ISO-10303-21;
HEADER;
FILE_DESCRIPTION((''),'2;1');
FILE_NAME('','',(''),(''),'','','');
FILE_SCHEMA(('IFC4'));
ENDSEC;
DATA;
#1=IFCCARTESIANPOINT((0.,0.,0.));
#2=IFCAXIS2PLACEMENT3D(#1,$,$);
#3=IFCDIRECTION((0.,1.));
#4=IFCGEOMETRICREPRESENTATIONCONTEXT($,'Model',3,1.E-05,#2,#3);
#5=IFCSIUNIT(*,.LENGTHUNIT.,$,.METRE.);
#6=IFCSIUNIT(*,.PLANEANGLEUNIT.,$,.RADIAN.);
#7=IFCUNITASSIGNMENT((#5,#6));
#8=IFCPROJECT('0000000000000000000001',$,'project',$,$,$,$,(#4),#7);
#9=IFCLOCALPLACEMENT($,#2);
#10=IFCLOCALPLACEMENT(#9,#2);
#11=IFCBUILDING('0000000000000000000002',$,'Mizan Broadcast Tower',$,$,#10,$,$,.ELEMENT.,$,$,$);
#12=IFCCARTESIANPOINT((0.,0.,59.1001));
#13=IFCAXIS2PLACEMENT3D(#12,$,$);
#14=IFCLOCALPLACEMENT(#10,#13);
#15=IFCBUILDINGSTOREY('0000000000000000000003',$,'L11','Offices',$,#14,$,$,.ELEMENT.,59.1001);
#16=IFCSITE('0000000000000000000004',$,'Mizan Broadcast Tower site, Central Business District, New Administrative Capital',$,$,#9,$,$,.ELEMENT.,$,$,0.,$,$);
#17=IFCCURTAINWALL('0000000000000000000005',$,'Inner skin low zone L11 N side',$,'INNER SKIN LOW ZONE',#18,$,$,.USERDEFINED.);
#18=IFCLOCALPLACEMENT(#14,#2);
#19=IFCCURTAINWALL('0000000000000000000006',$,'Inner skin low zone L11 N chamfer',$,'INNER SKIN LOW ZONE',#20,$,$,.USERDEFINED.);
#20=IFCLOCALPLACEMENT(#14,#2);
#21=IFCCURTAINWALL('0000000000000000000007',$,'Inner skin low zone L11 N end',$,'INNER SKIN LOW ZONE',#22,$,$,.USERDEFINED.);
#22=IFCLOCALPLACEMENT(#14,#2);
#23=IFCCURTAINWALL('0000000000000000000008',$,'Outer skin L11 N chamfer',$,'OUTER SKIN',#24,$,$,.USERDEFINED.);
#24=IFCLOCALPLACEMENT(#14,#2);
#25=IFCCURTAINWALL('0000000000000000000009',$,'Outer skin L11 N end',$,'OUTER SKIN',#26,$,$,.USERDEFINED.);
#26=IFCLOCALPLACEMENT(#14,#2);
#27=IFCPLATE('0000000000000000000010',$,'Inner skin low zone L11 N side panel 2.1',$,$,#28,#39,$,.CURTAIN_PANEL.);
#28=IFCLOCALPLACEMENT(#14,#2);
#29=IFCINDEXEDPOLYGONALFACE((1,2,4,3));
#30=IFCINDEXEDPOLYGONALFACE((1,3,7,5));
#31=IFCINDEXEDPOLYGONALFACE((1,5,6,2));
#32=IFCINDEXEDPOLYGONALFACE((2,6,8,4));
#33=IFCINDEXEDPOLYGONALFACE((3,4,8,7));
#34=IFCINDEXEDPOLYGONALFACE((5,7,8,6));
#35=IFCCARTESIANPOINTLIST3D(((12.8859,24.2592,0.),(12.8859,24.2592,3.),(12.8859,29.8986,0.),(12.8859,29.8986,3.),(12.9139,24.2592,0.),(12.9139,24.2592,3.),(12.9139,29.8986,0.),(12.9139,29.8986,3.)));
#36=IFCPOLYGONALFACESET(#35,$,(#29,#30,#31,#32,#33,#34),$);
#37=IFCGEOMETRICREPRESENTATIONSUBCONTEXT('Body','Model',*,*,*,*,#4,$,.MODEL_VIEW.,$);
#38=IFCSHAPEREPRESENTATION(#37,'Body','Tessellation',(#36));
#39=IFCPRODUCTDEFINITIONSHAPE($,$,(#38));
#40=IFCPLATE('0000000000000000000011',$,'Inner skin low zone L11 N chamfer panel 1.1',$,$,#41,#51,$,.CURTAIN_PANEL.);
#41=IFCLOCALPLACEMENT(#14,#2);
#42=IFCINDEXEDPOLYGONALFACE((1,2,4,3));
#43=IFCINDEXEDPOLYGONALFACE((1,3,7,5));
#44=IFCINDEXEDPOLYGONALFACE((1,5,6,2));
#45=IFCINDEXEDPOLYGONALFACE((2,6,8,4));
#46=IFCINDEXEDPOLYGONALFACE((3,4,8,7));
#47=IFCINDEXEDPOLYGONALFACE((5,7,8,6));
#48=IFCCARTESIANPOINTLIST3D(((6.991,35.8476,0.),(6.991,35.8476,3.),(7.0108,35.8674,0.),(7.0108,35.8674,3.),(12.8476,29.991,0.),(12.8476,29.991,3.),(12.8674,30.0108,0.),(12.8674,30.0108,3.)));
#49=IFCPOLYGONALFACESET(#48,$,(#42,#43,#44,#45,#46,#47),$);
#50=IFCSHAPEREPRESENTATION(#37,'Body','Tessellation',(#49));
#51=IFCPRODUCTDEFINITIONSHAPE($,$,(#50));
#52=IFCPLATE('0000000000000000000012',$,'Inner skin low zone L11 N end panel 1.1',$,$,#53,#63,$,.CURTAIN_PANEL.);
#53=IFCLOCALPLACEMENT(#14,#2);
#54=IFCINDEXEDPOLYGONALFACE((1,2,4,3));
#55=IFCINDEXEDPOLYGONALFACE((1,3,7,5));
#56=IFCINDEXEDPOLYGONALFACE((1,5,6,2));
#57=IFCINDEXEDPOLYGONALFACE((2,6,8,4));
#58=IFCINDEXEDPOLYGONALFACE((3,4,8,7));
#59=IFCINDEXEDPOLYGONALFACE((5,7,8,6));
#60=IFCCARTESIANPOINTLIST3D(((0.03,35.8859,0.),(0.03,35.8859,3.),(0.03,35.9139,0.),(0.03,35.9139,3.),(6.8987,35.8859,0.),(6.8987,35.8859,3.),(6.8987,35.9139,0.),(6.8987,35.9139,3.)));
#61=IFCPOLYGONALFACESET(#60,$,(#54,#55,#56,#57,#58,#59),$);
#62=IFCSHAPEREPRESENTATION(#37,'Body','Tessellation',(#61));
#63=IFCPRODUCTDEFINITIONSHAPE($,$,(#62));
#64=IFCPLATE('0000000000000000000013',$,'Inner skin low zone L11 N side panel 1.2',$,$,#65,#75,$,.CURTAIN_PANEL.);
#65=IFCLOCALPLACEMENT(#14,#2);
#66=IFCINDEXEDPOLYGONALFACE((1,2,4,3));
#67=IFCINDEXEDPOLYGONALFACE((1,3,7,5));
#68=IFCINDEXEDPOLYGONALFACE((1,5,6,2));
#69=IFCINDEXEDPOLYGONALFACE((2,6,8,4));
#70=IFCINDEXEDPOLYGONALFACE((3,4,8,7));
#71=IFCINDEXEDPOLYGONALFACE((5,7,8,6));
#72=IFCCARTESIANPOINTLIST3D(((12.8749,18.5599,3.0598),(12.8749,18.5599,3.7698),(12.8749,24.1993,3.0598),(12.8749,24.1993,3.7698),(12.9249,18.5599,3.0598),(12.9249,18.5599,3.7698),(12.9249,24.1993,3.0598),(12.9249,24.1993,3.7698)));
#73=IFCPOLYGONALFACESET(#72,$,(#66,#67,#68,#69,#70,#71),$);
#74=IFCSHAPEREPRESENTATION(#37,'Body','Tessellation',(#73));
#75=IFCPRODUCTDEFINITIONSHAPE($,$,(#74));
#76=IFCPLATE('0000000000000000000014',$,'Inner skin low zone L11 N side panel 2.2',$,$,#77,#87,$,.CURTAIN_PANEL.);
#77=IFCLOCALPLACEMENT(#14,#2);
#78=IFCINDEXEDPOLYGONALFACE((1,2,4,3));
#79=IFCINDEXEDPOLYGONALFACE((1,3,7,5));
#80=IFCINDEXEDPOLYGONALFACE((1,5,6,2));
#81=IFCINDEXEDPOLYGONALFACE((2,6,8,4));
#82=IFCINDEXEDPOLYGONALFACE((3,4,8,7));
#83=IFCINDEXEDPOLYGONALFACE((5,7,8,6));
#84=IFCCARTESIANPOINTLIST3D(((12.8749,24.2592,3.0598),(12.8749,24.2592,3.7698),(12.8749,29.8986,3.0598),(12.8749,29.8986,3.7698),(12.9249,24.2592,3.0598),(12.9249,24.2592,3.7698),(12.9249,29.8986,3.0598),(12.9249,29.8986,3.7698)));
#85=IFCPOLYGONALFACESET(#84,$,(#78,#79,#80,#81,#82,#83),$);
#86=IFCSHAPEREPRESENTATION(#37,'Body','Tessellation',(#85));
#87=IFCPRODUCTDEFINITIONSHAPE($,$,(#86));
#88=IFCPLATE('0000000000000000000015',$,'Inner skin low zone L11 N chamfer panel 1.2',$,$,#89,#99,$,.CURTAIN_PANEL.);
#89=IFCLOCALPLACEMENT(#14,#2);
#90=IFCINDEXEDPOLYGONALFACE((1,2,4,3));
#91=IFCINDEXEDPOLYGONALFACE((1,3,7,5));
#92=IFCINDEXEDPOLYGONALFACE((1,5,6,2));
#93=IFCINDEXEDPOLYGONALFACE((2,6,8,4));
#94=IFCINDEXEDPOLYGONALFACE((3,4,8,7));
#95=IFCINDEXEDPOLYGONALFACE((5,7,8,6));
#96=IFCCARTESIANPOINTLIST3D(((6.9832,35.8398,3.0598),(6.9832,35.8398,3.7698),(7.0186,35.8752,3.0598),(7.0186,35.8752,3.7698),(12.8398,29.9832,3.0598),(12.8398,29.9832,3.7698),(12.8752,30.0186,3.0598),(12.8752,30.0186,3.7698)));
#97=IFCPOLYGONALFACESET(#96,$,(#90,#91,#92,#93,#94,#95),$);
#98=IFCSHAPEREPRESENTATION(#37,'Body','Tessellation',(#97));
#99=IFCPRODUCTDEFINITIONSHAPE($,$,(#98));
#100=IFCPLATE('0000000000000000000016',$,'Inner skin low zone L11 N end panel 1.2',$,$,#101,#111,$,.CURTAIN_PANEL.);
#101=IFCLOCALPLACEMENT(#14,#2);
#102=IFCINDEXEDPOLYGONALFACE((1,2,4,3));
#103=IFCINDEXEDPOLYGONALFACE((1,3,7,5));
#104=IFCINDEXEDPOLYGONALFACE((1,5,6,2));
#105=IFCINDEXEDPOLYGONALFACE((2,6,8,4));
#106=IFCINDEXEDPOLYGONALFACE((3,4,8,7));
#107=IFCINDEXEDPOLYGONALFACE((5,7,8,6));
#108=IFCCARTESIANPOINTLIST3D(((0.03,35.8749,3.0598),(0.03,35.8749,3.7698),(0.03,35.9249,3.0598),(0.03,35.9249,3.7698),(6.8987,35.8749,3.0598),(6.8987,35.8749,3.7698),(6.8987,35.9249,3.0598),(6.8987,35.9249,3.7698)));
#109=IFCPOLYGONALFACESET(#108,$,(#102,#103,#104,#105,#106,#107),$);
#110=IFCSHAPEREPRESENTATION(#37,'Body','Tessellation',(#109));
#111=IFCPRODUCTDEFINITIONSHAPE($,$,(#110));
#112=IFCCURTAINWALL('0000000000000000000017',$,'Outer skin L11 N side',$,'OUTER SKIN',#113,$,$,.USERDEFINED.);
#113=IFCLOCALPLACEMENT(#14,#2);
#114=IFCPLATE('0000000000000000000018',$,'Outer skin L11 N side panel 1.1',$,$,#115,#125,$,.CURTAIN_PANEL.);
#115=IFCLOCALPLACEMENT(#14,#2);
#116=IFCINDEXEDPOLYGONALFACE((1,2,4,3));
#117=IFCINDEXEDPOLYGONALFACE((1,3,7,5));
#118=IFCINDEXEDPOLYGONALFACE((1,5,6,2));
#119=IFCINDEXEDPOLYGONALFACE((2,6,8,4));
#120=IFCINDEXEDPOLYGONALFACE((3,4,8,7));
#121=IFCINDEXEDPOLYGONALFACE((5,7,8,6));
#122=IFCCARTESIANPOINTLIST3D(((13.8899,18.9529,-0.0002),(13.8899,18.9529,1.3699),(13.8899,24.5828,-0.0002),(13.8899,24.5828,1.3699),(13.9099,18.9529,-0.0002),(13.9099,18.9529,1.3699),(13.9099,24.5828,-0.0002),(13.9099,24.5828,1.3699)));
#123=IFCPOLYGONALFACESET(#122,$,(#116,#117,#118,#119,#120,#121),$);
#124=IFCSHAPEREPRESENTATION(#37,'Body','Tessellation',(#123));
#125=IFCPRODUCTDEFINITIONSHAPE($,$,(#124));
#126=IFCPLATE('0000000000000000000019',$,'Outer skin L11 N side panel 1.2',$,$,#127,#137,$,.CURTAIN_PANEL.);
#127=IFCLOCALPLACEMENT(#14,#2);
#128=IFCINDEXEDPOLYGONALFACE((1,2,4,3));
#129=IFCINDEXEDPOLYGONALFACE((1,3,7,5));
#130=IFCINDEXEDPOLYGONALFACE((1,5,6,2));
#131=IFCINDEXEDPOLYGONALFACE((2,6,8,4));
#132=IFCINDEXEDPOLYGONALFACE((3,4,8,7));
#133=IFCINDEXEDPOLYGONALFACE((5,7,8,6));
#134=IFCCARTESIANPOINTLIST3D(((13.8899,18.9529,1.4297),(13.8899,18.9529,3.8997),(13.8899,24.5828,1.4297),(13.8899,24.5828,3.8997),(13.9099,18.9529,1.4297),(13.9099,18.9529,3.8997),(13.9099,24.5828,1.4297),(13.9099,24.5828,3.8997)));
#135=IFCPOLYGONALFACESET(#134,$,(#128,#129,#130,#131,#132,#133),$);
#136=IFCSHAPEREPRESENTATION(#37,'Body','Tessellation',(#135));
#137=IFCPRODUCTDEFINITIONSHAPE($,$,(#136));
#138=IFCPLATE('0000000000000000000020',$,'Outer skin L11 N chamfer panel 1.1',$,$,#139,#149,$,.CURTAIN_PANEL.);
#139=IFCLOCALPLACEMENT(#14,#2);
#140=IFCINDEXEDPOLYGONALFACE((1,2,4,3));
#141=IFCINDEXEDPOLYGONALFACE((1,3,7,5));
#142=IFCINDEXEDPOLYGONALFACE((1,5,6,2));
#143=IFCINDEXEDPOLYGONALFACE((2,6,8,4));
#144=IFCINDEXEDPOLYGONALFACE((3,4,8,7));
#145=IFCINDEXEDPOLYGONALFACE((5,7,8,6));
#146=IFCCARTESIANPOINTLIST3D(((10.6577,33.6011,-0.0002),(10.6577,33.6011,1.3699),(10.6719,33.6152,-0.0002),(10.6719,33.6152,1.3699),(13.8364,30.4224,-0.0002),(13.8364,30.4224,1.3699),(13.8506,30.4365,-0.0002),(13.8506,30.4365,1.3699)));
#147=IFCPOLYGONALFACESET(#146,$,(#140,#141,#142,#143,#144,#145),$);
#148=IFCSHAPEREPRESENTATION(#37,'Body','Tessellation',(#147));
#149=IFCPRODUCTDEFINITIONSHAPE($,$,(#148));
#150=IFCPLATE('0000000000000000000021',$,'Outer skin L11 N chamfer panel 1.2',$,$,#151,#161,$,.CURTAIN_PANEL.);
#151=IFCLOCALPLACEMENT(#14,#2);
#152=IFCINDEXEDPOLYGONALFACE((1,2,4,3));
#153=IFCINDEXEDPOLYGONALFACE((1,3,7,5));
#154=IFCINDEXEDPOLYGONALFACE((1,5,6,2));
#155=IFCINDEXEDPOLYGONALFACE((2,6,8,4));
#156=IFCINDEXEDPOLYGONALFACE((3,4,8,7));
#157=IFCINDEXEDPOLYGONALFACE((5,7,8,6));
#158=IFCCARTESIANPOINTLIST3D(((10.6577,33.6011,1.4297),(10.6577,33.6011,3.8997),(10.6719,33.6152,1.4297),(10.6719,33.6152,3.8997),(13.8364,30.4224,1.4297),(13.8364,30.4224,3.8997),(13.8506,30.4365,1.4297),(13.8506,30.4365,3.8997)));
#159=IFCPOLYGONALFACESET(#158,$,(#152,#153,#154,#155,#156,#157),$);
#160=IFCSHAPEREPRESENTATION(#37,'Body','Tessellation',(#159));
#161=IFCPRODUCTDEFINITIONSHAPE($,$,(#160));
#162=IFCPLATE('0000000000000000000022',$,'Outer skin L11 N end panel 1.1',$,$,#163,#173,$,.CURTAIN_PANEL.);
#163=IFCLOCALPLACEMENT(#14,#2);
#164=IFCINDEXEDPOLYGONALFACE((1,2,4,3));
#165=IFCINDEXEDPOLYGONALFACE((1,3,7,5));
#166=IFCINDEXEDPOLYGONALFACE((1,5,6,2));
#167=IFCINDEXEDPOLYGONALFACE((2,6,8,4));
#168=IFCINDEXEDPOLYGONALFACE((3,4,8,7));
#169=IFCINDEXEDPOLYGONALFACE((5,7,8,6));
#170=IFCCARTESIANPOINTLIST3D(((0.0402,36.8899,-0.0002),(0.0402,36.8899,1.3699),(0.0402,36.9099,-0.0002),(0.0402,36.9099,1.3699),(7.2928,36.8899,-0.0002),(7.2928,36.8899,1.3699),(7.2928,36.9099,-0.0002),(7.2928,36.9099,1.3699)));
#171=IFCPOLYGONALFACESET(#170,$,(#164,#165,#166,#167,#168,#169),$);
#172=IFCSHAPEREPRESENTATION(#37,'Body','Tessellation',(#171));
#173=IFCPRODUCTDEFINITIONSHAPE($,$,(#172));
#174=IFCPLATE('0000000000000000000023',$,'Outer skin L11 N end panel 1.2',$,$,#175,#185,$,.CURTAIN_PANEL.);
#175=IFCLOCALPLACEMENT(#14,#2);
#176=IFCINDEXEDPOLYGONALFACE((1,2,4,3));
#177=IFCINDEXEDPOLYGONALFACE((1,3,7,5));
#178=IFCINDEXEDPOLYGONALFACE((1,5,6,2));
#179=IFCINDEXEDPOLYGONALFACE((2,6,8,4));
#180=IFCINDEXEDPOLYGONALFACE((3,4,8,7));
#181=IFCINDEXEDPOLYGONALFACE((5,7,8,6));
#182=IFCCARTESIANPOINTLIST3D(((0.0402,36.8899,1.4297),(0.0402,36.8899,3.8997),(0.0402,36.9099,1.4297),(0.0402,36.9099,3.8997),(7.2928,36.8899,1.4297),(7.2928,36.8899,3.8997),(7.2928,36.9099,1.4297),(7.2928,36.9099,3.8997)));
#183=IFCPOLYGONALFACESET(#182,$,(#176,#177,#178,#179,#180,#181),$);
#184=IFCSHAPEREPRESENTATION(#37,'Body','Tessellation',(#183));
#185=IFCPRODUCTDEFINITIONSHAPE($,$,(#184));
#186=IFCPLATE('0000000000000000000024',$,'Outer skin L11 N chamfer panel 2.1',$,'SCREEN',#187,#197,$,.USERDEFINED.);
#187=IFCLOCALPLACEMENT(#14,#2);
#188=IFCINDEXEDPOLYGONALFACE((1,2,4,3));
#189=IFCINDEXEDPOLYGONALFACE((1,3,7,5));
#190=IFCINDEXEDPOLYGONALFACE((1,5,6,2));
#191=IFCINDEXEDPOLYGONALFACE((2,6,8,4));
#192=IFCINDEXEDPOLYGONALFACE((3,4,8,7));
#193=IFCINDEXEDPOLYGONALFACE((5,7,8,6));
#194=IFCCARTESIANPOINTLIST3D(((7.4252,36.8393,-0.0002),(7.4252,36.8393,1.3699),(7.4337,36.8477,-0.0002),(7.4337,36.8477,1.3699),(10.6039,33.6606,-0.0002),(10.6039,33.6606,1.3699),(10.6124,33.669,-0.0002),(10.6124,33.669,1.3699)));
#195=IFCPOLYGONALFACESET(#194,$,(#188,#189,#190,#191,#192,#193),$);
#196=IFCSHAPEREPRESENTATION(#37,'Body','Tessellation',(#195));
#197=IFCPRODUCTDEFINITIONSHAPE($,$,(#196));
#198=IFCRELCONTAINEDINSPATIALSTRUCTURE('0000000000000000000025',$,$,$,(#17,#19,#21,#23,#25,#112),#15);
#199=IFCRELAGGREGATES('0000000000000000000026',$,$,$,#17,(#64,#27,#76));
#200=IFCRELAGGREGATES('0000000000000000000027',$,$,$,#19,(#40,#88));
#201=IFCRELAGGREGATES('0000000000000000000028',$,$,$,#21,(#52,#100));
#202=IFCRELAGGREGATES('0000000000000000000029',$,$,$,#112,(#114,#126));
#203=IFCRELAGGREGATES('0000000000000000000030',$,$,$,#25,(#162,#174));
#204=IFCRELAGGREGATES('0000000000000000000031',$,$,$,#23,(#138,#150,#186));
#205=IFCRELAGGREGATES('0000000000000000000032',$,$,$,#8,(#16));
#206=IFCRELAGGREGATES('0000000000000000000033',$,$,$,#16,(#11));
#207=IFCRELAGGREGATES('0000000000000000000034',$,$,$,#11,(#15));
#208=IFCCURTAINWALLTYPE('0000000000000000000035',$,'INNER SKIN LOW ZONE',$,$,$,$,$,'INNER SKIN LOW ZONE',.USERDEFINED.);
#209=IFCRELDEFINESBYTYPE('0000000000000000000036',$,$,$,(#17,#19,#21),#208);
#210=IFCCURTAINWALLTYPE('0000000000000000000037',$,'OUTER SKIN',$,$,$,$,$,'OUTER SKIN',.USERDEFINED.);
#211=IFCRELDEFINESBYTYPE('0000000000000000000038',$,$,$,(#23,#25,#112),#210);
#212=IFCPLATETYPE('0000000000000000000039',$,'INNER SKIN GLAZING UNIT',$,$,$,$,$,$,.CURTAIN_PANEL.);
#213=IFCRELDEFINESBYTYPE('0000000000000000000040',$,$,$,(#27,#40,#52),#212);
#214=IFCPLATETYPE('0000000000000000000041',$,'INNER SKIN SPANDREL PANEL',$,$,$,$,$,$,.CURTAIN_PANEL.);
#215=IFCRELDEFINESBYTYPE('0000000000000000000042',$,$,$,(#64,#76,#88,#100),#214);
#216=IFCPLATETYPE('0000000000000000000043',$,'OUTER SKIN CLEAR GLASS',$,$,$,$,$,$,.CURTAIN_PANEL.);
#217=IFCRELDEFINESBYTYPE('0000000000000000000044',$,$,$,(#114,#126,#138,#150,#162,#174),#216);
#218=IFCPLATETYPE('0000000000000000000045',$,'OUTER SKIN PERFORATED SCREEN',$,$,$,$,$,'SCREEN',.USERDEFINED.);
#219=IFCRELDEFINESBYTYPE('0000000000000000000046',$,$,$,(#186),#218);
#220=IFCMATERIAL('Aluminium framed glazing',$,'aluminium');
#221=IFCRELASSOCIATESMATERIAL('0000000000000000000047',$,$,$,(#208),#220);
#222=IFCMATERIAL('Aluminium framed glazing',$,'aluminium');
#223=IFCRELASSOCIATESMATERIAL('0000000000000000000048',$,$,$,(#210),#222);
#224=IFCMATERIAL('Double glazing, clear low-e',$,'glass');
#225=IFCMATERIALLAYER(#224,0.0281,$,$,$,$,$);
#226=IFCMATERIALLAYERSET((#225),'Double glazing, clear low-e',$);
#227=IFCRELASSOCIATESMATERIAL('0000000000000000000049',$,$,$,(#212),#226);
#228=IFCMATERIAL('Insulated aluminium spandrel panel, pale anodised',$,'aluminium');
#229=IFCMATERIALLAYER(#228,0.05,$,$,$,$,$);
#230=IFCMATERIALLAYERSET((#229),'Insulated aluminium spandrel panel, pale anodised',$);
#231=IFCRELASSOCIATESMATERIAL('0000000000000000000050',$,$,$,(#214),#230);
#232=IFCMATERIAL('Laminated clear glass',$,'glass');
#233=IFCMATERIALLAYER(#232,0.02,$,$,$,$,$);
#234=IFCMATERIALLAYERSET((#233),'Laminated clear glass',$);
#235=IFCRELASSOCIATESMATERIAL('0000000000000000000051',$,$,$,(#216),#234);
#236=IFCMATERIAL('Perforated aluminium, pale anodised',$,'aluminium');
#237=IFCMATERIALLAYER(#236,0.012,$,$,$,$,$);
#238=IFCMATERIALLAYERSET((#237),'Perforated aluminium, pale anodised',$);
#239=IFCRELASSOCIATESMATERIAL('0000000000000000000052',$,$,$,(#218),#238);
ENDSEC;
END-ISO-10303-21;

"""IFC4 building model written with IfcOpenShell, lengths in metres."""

from ifc_helpers import new_model, si_unit, direction, frame, origin, origin_2d, place, context, subcontext, project, spatial, rectangle, extrude, material, layer, layer_set, type_object, element, aggregate, save


model = new_model("IFC4")

# Units and contexts
model_context = context("Model", 3, precision=1e-05, world=origin(), true_north=direction((0.0, 1.0)))
body_context = subcontext(model_context, "Body", "Model", "MODEL_VIEW")
ifc_project = project(units=[si_unit("LENGTHUNIT", "METRE"), si_unit("PLANEANGLEUNIT", "RADIAN")], contexts=[model_context])

# Site, building, storey
site_placement = place(None, origin())
site = spatial("IfcSite", under=ifc_project, at=site_placement, Name="Mizan Broadcast Tower site, Central Business District, New Administrative Capital", CompositionType="ELEMENT", RefElevation=0.0)
building_placement = place(site_placement, origin())
building = spatial("IfcBuilding", under=site, at=building_placement, Name="Mizan Broadcast Tower", CompositionType="ELEMENT")
storey_placement = place(building_placement, frame((0.0, 0.0, 59.1001)))
storey = spatial("IfcBuildingStorey", under=building, at=storey_placement, Name="L11", Description="Offices", CompositionType="ELEMENT", Elevation=59.1001)

# Curtain wall
ifc_material_1 = material(Name="Aluminium framed glazing", Category="aluminium")
curtain_wall_type_1 = type_object("IfcCurtainWallType", Name="INNER SKIN LOW ZONE", ElementType="INNER SKIN LOW ZONE", PredefinedType="USERDEFINED", material=ifc_material_1)
curtain_wall_1_placement = place(storey_placement, origin())
curtain_wall_1 = element("IfcCurtainWall", 1, at=curtain_wall_1_placement, inside=storey, type_object=curtain_wall_type_1, Name="Inner skin low zone L11 N side", ObjectType="INNER SKIN LOW ZONE", PredefinedType="USERDEFINED")

# Curtain walls
curtain_wall_2_placement = place(storey_placement, origin())
curtain_wall_2 = element("IfcCurtainWall", 2, at=curtain_wall_2_placement, inside=storey, type_object=curtain_wall_type_1, Name="Inner skin low zone L11 N chamfer", ObjectType="INNER SKIN LOW ZONE", PredefinedType="USERDEFINED")
curtain_wall_3_placement = place(storey_placement, origin())
curtain_wall_3 = element("IfcCurtainWall", 3, at=curtain_wall_3_placement, inside=storey, type_object=curtain_wall_type_1, Name="Inner skin low zone L11 N end", ObjectType="INNER SKIN LOW ZONE", PredefinedType="USERDEFINED")

# Curtain wall
ifc_material_2 = material(Name="Aluminium framed glazing", Category="aluminium")
curtain_wall_type_2 = type_object("IfcCurtainWallType", Name="OUTER SKIN", ElementType="OUTER SKIN", PredefinedType="USERDEFINED", material=ifc_material_2)
curtain_wall_4_placement = place(storey_placement, origin())
curtain_wall_4 = element("IfcCurtainWall", 4, at=curtain_wall_4_placement, inside=storey, type_object=curtain_wall_type_2, Name="Outer skin L11 N chamfer", ObjectType="OUTER SKIN", PredefinedType="USERDEFINED")

# Curtain wall
curtain_wall_5_placement = place(storey_placement, origin())
curtain_wall_5 = element("IfcCurtainWall", 5, at=curtain_wall_5_placement, inside=storey, type_object=curtain_wall_type_2, Name="Outer skin L11 N end", ObjectType="OUTER SKIN", PredefinedType="USERDEFINED")

# Plates
ifc_material_3 = material(Name="Double glazing, clear low-e", Category="glass")
ifc_layer_1 = layer(ifc_material_3, 0.0281)
ifc_layer_set_1 = layer_set([ifc_layer_1], Name="Double glazing, clear low-e")
plate_type_1 = type_object("IfcPlateType", Name="INNER SKIN GLAZING UNIT", PredefinedType="CURTAIN_PANEL", material=ifc_layer_set_1)
plate_1_placement = place(storey_placement, frame((12.8999, 27.0789, 0.0), z_axis=(0.0, 0.0, 1.0), x_axis=(0.0, 1.0, 0.0)))
plate_1 = element("IfcPlate", 6, at=plate_1_placement, type_object=plate_type_1, Name="Inner skin low zone L11 N side panel 2.1", PredefinedType="CURTAIN_PANEL", context=body_context, shape_type="SweptSolid", body=[
    extrude(rectangle(XDim=5.6394, YDim=0.0281, at=origin_2d()), origin(), (0.0, 0.0, 1.0), 3.0),
])
plate_2_placement = place(storey_placement, frame((9.9292, 32.9292, 0.0), z_axis=(0.0, 0.0, 1.0), x_axis=(-0.707107, 0.707107, 0.0)))
plate_2 = element("IfcPlate", 7, at=plate_2_placement, type_object=plate_type_1, Name="Inner skin low zone L11 N chamfer panel 1.1", PredefinedType="CURTAIN_PANEL", context=body_context, shape_type="SweptSolid", body=[
    extrude(rectangle(XDim=8.2825, YDim=0.0281, at=origin_2d()), origin(), (0.0, 0.0, 1.0), 3.0),
])
plate_3_placement = place(storey_placement, frame((3.4644, 35.8999, 0.0), z_axis=(0.0, 0.0, 1.0), x_axis=(-1.0, 0.0, 0.0)))
plate_3 = element("IfcPlate", 8, at=plate_3_placement, type_object=plate_type_1, Name="Inner skin low zone L11 N end panel 1.1", PredefinedType="CURTAIN_PANEL", context=body_context, shape_type="SweptSolid", body=[
    extrude(rectangle(XDim=6.8687, YDim=0.0281, at=origin_2d()), origin(), (0.0, 0.0, 1.0), 3.0),
])
ifc_material_4 = material(Name="Insulated aluminium spandrel panel, pale anodised", Category="aluminium")
ifc_layer_2 = layer(ifc_material_4, 0.05)
ifc_layer_set_2 = layer_set([ifc_layer_2], Name="Insulated aluminium spandrel panel, pale anodised")
plate_type_2 = type_object("IfcPlateType", Name="INNER SKIN SPANDREL PANEL", PredefinedType="CURTAIN_PANEL", material=ifc_layer_set_2)
plate_4_placement = place(storey_placement, frame((12.8999, 21.3796, 3.0598), z_axis=(0.0, 0.0, 1.0), x_axis=(0.0, 1.0, 0.0)))
plate_4 = element("IfcPlate", 9, at=plate_4_placement, type_object=plate_type_2, Name="Inner skin low zone L11 N side panel 1.2", PredefinedType="CURTAIN_PANEL", context=body_context, shape_type="SweptSolid", body=[
    extrude(rectangle(XDim=5.6394, YDim=0.05, at=origin_2d()), origin(), (0.0, 0.0, 1.0), 0.71),
])
plate_5_placement = place(storey_placement, frame((12.8999, 27.0789, 3.0598), z_axis=(0.0, 0.0, 1.0), x_axis=(0.0, 1.0, 0.0)))
plate_5 = element("IfcPlate", 10, at=plate_5_placement, type_object=plate_type_2, Name="Inner skin low zone L11 N side panel 2.2", PredefinedType="CURTAIN_PANEL", context=body_context, shape_type="SweptSolid", body=[
    extrude(rectangle(XDim=5.6394, YDim=0.05, at=origin_2d()), origin(), (0.0, 0.0, 1.0), 0.71),
])
aggregate(curtain_wall_1, [plate_4, plate_1, plate_5])
plate_6_placement = place(storey_placement, frame((9.9292, 32.9292, 3.0598), z_axis=(0.0, 0.0, 1.0), x_axis=(-0.707107, 0.707107, 0.0)))
plate_6 = element("IfcPlate", 11, at=plate_6_placement, type_object=plate_type_2, Name="Inner skin low zone L11 N chamfer panel 1.2", PredefinedType="CURTAIN_PANEL", context=body_context, shape_type="SweptSolid", body=[
    extrude(rectangle(XDim=8.2825, YDim=0.05, at=origin_2d()), origin(), (0.0, 0.0, 1.0), 0.71),
])
aggregate(curtain_wall_2, [plate_2, plate_6])
plate_7_placement = place(storey_placement, frame((3.4644, 35.8999, 3.0598), z_axis=(0.0, 0.0, 1.0), x_axis=(-1.0, 0.0, 0.0)))
plate_7 = element("IfcPlate", 12, at=plate_7_placement, type_object=plate_type_2, Name="Inner skin low zone L11 N end panel 1.2", PredefinedType="CURTAIN_PANEL", context=body_context, shape_type="SweptSolid", body=[
    extrude(rectangle(XDim=6.8687, YDim=0.05, at=origin_2d()), origin(), (0.0, 0.0, 1.0), 0.71),
])
aggregate(curtain_wall_3, [plate_3, plate_7])

# Curtain wall, plates
curtain_wall_6_placement = place(storey_placement, origin())
curtain_wall_6 = element("IfcCurtainWall", 13, at=curtain_wall_6_placement, inside=storey, type_object=curtain_wall_type_2, Name="Outer skin L11 N side", ObjectType="OUTER SKIN", PredefinedType="USERDEFINED")
ifc_material_5 = material(Name="Laminated clear glass", Category="glass")
ifc_layer_3 = layer(ifc_material_5, 0.02)
ifc_layer_set_3 = layer_set([ifc_layer_3], Name="Laminated clear glass")
plate_type_3 = type_object("IfcPlateType", Name="OUTER SKIN CLEAR GLASS", PredefinedType="CURTAIN_PANEL", material=ifc_layer_set_3)
plate_8_placement = place(storey_placement, frame((13.8999, 21.7678, -0.0002), z_axis=(0.0, 0.0, 1.0), x_axis=(0.0, 1.0, 0.0)))
plate_8 = element("IfcPlate", 14, at=plate_8_placement, type_object=plate_type_3, Name="Outer skin L11 N side panel 1.1", PredefinedType="CURTAIN_PANEL", context=body_context, shape_type="SweptSolid", body=[
    extrude(rectangle(XDim=5.6299, YDim=0.02, at=origin_2d()), origin(), (0.0, 0.0, 1.0), 1.3701),
])
plate_9_placement = place(storey_placement, frame((13.8999, 21.7678, 1.4297), z_axis=(0.0, 0.0, 1.0), x_axis=(0.0, 1.0, 0.0)))
plate_9 = element("IfcPlate", 15, at=plate_9_placement, type_object=plate_type_3, Name="Outer skin L11 N side panel 1.2", PredefinedType="CURTAIN_PANEL", context=body_context, shape_type="SweptSolid", body=[
    extrude(rectangle(XDim=5.6299, YDim=0.02, at=origin_2d()), origin(), (0.0, 0.0, 1.0), 2.47),
])
aggregate(curtain_wall_6, [plate_8, plate_9])

# Plates
plate_10_placement = place(storey_placement, frame((12.2542, 32.0188, -0.0002), z_axis=(0.0, 0.0, 1.0), x_axis=(-0.707107, 0.707107, 0.0)))
plate_10 = element("IfcPlate", 16, at=plate_10_placement, type_object=plate_type_3, Name="Outer skin L11 N chamfer panel 1.1", PredefinedType="CURTAIN_PANEL", context=body_context, shape_type="SweptSolid", body=[
    extrude(rectangle(XDim=4.4954, YDim=0.02, at=origin_2d()), origin(), (0.0, 0.0, 1.0), 1.3701),
])
plate_11_placement = place(storey_placement, frame((12.2542, 32.0188, 1.4297), z_axis=(0.0, 0.0, 1.0), x_axis=(-0.707107, 0.707107, 0.0)))
plate_11 = element("IfcPlate", 17, at=plate_11_placement, type_object=plate_type_3, Name="Outer skin L11 N chamfer panel 1.2", PredefinedType="CURTAIN_PANEL", context=body_context, shape_type="SweptSolid", body=[
    extrude(rectangle(XDim=4.4954, YDim=0.02, at=origin_2d()), origin(), (0.0, 0.0, 1.0), 2.47),
])
plate_12_placement = place(storey_placement, frame((3.6665, 36.8999, -0.0002), z_axis=(0.0, 0.0, 1.0), x_axis=(-1.0, 0.0, 0.0)))
plate_12 = element("IfcPlate", 18, at=plate_12_placement, type_object=plate_type_3, Name="Outer skin L11 N end panel 1.1", PredefinedType="CURTAIN_PANEL", context=body_context, shape_type="SweptSolid", body=[
    extrude(rectangle(XDim=7.2527, YDim=0.02, at=origin_2d()), origin(), (0.0, 0.0, 1.0), 1.3701),
])
plate_13_placement = place(storey_placement, frame((3.6665, 36.8999, 1.4297), z_axis=(0.0, 0.0, 1.0), x_axis=(-1.0, 0.0, 0.0)))
plate_13 = element("IfcPlate", 19, at=plate_13_placement, type_object=plate_type_3, Name="Outer skin L11 N end panel 1.2", PredefinedType="CURTAIN_PANEL", context=body_context, shape_type="SweptSolid", body=[
    extrude(rectangle(XDim=7.2527, YDim=0.02, at=origin_2d()), origin(), (0.0, 0.0, 1.0), 2.47),
])
aggregate(curtain_wall_5, [plate_12, plate_13])
ifc_material_6 = material(Name="Perforated aluminium, pale anodised", Category="aluminium")
ifc_layer_4 = layer(ifc_material_6, 0.012)
ifc_layer_set_4 = layer_set([ifc_layer_4], Name="Perforated aluminium, pale anodised")
plate_type_4 = type_object("IfcPlateType", Name="OUTER SKIN PERFORATED SCREEN", ElementType="SCREEN", PredefinedType="USERDEFINED", material=ifc_layer_set_4)
plate_14_placement = place(storey_placement, frame((9.0188, 35.2542, -0.0002), z_axis=(0.0, 0.0, 1.0), x_axis=(-0.707107, 0.707107, 0.0)))
plate_14 = element("IfcPlate", 20, at=plate_14_placement, type_object=plate_type_4, Name="Outer skin L11 N chamfer panel 2.1", ObjectType="SCREEN", PredefinedType="USERDEFINED", context=body_context, shape_type="SweptSolid", body=[
    extrude(rectangle(XDim=4.4954, YDim=0.012, at=origin_2d()), origin(), (0.0, 0.0, 1.0), 1.3701),
])
aggregate(curtain_wall_4, [plate_10, plate_11, plate_14])

save(model, "model.ifc")
